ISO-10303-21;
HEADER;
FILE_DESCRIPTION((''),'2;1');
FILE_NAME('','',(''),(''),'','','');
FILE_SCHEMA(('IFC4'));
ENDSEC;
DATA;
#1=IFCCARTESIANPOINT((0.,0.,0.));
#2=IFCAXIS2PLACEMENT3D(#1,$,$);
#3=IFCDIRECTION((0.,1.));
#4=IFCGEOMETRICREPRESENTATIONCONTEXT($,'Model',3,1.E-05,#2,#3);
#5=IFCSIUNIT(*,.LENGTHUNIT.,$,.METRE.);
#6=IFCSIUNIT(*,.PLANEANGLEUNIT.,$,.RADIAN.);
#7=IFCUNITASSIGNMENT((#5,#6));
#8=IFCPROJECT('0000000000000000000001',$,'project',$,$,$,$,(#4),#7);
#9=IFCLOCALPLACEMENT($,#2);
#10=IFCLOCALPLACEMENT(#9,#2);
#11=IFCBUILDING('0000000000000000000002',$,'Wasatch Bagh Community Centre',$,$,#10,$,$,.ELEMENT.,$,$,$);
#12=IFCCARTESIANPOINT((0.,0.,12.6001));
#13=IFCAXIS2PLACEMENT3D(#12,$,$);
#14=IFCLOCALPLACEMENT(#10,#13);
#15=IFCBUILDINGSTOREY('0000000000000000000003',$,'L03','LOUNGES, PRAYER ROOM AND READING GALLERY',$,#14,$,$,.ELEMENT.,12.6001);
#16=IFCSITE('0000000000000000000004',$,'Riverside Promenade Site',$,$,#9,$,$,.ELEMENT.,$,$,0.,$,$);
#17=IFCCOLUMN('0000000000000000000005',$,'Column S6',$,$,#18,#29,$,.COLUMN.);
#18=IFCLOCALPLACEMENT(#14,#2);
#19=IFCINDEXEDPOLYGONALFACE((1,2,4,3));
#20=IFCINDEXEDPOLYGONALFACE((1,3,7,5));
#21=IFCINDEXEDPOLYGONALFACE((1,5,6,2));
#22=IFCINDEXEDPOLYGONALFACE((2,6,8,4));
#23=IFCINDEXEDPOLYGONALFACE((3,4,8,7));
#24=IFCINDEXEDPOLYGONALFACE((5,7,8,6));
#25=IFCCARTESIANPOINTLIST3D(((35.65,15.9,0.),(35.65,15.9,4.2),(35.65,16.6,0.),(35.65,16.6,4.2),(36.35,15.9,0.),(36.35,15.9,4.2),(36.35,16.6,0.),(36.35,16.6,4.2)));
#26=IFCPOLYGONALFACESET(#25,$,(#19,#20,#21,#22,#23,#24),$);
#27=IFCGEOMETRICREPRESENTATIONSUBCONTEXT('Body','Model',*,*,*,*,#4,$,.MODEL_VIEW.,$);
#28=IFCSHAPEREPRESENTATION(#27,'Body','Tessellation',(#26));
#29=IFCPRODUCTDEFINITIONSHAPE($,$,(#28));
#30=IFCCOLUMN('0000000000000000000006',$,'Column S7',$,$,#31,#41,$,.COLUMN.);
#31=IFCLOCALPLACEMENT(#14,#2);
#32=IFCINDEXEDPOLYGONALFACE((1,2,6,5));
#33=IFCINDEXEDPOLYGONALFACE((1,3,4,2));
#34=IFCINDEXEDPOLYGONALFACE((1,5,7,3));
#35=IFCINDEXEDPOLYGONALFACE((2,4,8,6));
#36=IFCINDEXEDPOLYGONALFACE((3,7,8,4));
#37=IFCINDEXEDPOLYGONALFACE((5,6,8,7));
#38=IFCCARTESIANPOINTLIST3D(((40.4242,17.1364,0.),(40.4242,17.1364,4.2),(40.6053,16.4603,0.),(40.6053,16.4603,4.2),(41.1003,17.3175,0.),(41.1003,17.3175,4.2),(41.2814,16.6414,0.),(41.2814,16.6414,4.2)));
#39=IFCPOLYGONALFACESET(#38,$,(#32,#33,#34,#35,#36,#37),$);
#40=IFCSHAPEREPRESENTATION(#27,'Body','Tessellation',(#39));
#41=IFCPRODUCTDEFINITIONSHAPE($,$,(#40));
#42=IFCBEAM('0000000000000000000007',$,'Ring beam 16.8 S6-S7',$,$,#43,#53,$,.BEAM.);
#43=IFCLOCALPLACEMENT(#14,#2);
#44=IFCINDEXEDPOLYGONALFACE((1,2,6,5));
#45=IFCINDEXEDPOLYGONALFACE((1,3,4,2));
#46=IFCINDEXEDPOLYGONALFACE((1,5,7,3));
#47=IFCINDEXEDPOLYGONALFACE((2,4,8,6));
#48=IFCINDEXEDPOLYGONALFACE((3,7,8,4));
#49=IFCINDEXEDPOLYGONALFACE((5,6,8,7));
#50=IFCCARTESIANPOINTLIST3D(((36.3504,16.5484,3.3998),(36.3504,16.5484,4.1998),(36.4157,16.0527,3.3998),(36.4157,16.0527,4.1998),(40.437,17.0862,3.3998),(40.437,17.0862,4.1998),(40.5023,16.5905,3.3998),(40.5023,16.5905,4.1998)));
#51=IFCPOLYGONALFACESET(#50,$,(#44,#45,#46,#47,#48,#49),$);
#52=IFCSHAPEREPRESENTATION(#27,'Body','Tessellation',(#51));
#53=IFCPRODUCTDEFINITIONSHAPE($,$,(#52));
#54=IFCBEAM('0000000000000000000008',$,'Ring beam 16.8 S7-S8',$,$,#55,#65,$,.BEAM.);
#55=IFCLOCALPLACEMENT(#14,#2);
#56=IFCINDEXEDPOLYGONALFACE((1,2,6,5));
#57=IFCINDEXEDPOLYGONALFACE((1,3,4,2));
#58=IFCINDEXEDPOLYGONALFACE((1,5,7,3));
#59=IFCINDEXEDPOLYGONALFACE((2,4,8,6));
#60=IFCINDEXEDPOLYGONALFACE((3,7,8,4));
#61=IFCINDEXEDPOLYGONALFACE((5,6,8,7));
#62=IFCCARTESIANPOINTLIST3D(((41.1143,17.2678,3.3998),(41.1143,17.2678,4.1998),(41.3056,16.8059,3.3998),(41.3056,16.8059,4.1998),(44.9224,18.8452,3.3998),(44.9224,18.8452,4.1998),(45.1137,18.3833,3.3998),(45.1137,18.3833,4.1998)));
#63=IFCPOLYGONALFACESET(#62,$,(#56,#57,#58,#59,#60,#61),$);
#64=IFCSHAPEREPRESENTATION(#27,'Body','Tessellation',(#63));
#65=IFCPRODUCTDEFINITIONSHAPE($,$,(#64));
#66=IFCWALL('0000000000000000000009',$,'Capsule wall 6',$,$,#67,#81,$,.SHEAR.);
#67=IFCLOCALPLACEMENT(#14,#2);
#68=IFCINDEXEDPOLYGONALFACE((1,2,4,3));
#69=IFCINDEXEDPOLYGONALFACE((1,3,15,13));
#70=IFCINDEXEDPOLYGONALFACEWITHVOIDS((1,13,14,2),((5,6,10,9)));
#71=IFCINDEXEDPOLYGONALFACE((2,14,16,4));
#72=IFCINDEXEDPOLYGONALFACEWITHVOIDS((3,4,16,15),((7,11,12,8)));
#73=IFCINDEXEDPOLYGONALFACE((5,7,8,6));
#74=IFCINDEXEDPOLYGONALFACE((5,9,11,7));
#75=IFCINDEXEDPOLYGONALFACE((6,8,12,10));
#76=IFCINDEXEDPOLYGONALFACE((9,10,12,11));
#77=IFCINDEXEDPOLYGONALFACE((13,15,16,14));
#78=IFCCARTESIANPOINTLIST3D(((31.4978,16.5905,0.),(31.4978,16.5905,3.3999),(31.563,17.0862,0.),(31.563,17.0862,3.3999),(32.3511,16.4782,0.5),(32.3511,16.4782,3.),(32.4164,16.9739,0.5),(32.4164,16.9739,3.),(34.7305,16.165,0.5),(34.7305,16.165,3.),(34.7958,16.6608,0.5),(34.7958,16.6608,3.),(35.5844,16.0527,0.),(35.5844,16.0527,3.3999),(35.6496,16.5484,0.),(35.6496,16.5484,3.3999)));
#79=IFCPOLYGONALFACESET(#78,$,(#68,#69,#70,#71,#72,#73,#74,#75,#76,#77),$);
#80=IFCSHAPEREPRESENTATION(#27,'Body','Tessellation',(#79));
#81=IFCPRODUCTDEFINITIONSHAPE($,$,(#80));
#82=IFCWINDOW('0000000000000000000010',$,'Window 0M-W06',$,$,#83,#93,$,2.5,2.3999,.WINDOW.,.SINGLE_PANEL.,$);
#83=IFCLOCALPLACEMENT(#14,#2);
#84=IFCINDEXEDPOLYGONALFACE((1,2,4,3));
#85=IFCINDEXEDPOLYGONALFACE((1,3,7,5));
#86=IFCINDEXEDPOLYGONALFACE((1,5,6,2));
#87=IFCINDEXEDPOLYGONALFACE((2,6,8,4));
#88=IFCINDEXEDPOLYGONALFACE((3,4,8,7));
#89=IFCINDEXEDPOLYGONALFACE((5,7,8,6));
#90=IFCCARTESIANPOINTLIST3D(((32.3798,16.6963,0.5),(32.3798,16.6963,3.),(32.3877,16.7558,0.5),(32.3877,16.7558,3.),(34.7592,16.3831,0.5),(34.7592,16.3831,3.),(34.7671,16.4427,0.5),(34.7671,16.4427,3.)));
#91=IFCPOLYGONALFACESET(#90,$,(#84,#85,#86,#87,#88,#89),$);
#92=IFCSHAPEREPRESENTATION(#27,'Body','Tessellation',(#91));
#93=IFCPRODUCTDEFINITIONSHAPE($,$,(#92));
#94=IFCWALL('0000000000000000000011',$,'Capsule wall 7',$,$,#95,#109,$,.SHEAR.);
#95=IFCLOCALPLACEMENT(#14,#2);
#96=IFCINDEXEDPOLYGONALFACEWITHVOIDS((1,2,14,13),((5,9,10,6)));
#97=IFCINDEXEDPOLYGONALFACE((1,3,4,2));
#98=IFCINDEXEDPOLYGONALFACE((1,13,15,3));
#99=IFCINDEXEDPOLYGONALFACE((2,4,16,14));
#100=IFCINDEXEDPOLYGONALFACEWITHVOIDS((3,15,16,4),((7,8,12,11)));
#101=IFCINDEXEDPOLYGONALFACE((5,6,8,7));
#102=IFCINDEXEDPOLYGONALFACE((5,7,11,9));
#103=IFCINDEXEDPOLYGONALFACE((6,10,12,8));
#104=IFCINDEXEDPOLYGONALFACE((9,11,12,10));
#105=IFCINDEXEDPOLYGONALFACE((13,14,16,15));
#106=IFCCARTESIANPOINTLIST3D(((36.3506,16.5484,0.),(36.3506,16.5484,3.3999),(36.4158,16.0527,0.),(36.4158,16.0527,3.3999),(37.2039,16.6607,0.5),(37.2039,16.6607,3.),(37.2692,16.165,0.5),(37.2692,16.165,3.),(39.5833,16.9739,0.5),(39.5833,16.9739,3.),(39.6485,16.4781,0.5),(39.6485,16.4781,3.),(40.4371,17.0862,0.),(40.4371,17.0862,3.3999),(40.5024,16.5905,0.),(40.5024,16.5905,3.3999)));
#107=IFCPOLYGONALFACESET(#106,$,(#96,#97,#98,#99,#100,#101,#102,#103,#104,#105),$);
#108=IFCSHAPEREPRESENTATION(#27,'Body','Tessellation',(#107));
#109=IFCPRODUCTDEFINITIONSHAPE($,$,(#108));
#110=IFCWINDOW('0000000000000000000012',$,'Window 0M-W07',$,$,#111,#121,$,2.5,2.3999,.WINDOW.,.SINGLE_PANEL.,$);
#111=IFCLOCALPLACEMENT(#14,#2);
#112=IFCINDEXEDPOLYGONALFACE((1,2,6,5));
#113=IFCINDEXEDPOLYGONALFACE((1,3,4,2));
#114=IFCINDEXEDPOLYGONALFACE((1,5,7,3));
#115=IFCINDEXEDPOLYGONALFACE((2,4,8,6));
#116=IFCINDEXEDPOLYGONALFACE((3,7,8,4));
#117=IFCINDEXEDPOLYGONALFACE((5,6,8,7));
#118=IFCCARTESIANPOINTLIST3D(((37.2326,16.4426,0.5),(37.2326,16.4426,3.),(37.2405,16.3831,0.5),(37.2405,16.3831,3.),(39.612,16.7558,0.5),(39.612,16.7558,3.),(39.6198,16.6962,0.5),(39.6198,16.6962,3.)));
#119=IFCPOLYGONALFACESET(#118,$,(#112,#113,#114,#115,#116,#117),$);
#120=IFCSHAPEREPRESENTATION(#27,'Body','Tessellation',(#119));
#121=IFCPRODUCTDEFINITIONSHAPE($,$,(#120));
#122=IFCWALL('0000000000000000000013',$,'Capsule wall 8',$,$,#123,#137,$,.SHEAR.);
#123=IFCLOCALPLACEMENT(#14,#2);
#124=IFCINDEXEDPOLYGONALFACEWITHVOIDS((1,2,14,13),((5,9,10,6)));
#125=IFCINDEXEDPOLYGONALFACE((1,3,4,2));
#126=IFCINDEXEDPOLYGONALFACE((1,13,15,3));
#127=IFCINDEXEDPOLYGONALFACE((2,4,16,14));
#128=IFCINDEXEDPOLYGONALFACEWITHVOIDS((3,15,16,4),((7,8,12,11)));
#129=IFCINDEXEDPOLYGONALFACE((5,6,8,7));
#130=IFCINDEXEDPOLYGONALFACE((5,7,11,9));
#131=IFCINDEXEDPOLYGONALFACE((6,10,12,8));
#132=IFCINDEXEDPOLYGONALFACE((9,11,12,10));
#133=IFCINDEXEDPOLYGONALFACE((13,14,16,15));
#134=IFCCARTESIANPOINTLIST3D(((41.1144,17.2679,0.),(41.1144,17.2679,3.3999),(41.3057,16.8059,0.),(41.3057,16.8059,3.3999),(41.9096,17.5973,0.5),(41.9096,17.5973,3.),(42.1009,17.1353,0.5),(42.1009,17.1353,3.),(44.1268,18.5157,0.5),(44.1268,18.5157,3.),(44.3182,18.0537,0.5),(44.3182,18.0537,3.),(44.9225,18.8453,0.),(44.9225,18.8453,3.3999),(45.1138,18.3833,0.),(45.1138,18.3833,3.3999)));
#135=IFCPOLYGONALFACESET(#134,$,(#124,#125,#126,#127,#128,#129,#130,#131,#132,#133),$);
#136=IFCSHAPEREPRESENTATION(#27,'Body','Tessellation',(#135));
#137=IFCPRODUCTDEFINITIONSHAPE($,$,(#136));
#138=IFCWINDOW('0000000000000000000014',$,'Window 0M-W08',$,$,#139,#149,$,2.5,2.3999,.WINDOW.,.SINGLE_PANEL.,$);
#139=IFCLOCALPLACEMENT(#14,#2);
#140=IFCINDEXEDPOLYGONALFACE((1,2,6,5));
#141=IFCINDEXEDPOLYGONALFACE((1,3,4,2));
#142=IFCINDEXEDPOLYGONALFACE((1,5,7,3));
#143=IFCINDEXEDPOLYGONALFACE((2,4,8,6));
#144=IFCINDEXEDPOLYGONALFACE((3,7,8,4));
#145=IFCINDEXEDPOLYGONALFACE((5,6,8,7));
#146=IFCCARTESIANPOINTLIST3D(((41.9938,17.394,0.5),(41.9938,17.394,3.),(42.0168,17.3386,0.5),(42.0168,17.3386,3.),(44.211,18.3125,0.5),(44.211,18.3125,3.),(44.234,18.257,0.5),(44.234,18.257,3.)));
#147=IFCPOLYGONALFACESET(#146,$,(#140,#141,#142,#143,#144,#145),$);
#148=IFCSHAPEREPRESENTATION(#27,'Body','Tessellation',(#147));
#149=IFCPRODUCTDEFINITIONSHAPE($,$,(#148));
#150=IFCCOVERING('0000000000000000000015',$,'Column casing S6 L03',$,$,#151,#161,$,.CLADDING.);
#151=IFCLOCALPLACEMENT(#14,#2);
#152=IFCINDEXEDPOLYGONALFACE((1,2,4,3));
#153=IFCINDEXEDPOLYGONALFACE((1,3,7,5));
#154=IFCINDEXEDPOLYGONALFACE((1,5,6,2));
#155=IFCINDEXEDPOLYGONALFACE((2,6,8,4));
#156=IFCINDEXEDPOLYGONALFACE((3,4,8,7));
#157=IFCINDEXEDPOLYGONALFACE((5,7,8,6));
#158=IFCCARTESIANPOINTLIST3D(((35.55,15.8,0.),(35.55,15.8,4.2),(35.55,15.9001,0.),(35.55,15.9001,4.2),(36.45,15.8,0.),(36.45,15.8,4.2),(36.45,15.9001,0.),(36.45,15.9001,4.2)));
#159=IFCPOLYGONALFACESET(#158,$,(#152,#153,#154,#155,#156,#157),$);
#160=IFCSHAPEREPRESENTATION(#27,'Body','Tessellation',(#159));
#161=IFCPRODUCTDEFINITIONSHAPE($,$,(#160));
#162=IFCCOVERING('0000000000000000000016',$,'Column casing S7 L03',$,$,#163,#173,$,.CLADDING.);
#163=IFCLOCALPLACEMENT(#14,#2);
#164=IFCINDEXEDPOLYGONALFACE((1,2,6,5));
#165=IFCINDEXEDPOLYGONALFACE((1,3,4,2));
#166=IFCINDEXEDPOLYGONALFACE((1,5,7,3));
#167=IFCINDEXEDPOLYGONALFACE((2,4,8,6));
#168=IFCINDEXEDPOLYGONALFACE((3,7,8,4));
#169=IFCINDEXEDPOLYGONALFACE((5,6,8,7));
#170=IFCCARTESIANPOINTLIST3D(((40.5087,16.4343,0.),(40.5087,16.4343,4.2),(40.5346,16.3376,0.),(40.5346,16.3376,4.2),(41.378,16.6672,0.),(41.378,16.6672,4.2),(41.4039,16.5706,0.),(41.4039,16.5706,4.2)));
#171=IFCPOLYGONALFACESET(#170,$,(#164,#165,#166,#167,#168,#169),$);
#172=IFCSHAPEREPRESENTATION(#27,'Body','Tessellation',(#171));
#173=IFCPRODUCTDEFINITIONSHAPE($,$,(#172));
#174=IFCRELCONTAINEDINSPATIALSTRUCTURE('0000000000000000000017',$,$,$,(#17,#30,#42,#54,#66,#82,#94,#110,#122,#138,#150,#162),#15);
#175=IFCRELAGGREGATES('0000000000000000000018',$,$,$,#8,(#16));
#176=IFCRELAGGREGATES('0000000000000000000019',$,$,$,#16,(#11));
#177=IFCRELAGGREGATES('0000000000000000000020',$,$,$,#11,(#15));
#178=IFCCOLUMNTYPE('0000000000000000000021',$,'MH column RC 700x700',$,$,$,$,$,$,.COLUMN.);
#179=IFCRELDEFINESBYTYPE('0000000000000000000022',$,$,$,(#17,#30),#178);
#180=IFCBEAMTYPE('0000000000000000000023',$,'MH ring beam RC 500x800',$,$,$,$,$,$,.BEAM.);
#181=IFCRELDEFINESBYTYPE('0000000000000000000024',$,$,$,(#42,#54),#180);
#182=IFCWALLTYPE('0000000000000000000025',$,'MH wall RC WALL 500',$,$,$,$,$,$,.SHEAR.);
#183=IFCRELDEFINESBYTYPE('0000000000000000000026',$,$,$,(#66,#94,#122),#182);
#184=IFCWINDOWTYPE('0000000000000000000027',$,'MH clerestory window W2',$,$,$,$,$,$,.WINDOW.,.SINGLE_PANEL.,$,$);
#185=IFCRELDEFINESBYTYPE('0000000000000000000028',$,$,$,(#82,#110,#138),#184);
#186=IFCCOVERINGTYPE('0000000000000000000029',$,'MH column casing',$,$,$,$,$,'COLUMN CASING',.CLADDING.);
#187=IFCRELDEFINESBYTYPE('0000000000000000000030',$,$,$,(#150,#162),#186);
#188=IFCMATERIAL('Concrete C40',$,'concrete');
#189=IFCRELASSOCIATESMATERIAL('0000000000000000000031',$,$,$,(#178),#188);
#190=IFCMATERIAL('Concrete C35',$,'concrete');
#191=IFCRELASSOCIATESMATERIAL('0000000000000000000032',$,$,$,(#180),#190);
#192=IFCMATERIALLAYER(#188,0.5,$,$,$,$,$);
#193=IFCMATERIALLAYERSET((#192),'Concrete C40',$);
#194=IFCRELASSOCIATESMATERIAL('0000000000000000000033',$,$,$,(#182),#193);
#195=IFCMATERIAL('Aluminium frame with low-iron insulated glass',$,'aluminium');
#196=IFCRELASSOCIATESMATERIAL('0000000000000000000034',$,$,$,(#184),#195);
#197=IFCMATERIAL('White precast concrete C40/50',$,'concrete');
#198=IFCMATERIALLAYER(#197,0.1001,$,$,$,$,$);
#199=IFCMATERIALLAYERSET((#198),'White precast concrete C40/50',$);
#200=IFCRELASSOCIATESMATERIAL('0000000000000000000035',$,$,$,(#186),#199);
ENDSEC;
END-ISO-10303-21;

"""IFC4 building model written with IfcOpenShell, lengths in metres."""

from ifc_helpers import new_model, si_unit, direction, frame, frame_2d, origin, origin_2d, place, context, subcontext, project, spatial, rectangle, extrude, material, layer, layer_set, material_profile, profile_set, type_object, element, fill, save


model = new_model("IFC4")

# Units and contexts
model_context = context("Model", 3, precision=1e-05, world=origin(), true_north=direction((0.0, 1.0)))
body_context = subcontext(model_context, "Body", "Model", "MODEL_VIEW")
ifc_project = project(units=[si_unit("LENGTHUNIT", "METRE"), si_unit("PLANEANGLEUNIT", "RADIAN")], contexts=[model_context])

# Site, building, storey
site_placement = place(None, origin())
site = spatial("IfcSite", under=ifc_project, at=site_placement, Name="Riverside Promenade Site", CompositionType="ELEMENT", RefElevation=0.0)
building_placement = place(site_placement, origin())
building = spatial("IfcBuilding", under=site, at=building_placement, Name="Wasatch Bagh Community Centre", CompositionType="ELEMENT")
storey_placement = place(building_placement, frame((0.0, 0.0, 12.6001)))
storey = spatial("IfcBuildingStorey", under=building, at=storey_placement, Name="L03", Description="LOUNGES, PRAYER ROOM AND READING GALLERY", CompositionType="ELEMENT", Elevation=12.6001)

# Columns
ifc_material_1 = material(Name="Concrete C40", Category="concrete")
ifc_material_profile_1 = material_profile(ifc_material_1, rectangle(XDim=0.7, YDim=0.7, at=origin_2d()), Name="RC 700x700")
ifc_profile_set_1 = profile_set([ifc_material_profile_1], Name="Concrete C40")
column_type = type_object("IfcColumnType", Name="MH column RC 700x700", PredefinedType="COLUMN", material=ifc_profile_set_1)
for number, where, z_axis, x_axis, name in (
    (1, (36.0, 16.25, 0.0), (0.0, 0.0, 1.0), (1.0, 0.0, 0.0), "Column S6"),
    (2, (40.8528, 16.8889, 0.0), (0.0, 0.0, 1.0), (0.965926, 0.258819, 0.0), "Column S7"),
):
    element("IfcColumn", number, at=place(storey_placement, frame(where, z_axis=z_axis, x_axis=x_axis)), inside=storey, type_object=column_type, Name=name, PredefinedType="COLUMN", context=body_context, shape_type="SweptSolid", body=[
        extrude(rectangle(XDim=0.7, YDim=0.7, at=origin_2d()), origin(), (0.0, 0.0, 1.0), 4.2),
    ])

# Beams
ifc_material_2 = material(Name="Concrete C35", Category="concrete")
ifc_material_profile_2 = material_profile(ifc_material_2, rectangle(XDim=0.5, YDim=0.8, at=origin_2d()), Name="RC 500x800")
ifc_profile_set_2 = profile_set([ifc_material_profile_2], Name="Concrete C35")
beam_type = type_object("IfcBeamType", Name="MH ring beam RC 500x800", PredefinedType="BEAM", material=ifc_profile_set_2)
for number, where, z_axis, x_axis, name in (
    (3, (36.3831, 16.3005, 3.7998), (0.99145, 0.130484, 0.0), (-0.130484, 0.99145, 0.0), "Ring beam 16.8 S6-S7"),
    (4, (41.21, 17.0369, 3.7998), (0.923878, 0.382688, 0.0), (-0.382688, 0.923878, 0.0), "Ring beam 16.8 S7-S8"),
):
    element("IfcBeam", number, at=place(storey_placement, frame(where, z_axis=z_axis, x_axis=x_axis)), inside=storey, type_object=beam_type, Name=name, PredefinedType="BEAM", context=body_context, shape_type="SweptSolid", body=[
        extrude(rectangle(XDim=0.5, YDim=0.8, at=origin_2d()), origin(), (0.0, 0.0, 1.0), 4.1218),
    ])

# Walls, openings, windows
ifc_layer_1 = layer(ifc_material_1, 0.5)
ifc_layer_set_1 = layer_set([ifc_layer_1], Name="Concrete C40")
wall_type = type_object("IfcWallType", Name="MH wall RC WALL 500", PredefinedType="SHEAR", material=ifc_layer_set_1)
wall_1_placement = place(storey_placement, frame((31.5303, 16.8384, 0.0), z_axis=(0.0, 0.0, 1.0), x_axis=(0.99145, -0.130484, 0.0)))
wall_1 = element("IfcWall", 5, at=wall_1_placement, inside=storey, type_object=wall_type, Name="Capsule wall 6", PredefinedType="SHEAR", context=body_context, shape_type="SweptSolid", body=[
    extrude(rectangle(XDim=4.1218, YDim=0.5, at=frame_2d((2.061, 0.0))), origin(), (0.0, 0.0, 1.0), 3.3999),
])
opening_1_placement = place(wall_1_placement, frame((0.8608, 0.0, 0.5)))
opening_1 = element("IfcOpeningElement", 6, at=opening_1_placement, cuts=wall_1, PredefinedType="OPENING", context=body_context, shape_type="SweptSolid", body=[
    extrude(rectangle(XDim=2.3999, YDim=2.5, at=frame_2d((1.2, 1.25))), frame((0.0, 0.26, 0.0), z_axis=(0.0, -1.0, 0.0), x_axis=(1.0, 0.0, 0.0)), (0.0, 0.0, 1.0), 0.52),
])
ifc_material_3 = material(Name="Aluminium frame with low-iron insulated glass", Category="aluminium")
window_type = type_object("IfcWindowType", Name="MH clerestory window W2", PartitioningType="SINGLE_PANEL", PredefinedType="WINDOW", material=ifc_material_3)
window_1_placement = place(opening_1_placement, origin())
window_1 = element("IfcWindow", 7, at=window_1_placement, inside=storey, type_object=window_type, Name="Window 0M-W06", OverallHeight=2.5, OverallWidth=2.3999, PartitioningType="SINGLE_PANEL", PredefinedType="WINDOW", context=body_context, shape_type="SweptSolid", body=[
    extrude(rectangle(XDim=2.3999, YDim=2.5, at=frame_2d((1.2, 1.25))), frame((0.0, 0.03, 0.0), z_axis=(0.0, -1.0, 0.0), x_axis=(1.0, 0.0, 0.0)), (0.0, 0.0, 1.0), 0.0601),
])
fill(opening_1, window_1)
wall_2_placement = place(storey_placement, frame((36.3831, 16.3005, 0.0), z_axis=(0.0, 0.0, 1.0), x_axis=(0.99145, 0.130484, 0.0)))
wall_2 = element("IfcWall", 8, at=wall_2_placement, inside=storey, type_object=wall_type, Name="Capsule wall 7", PredefinedType="SHEAR", context=body_context, shape_type="SweptSolid", body=[
    extrude(rectangle(XDim=4.1218, YDim=0.5, at=frame_2d((2.061, 0.0))), origin(), (0.0, 0.0, 1.0), 3.3999),
])
opening_2_placement = place(wall_2_placement, frame((0.8608, 0.0, 0.5)))
opening_2 = element("IfcOpeningElement", 9, at=opening_2_placement, cuts=wall_2, PredefinedType="OPENING", context=body_context, shape_type="SweptSolid", body=[
    extrude(rectangle(XDim=2.3999, YDim=2.5, at=frame_2d((1.2, 1.25))), frame((0.0, 0.26, 0.0), z_axis=(0.0, -1.0, 0.0), x_axis=(1.0, 0.0, 0.0)), (0.0, 0.0, 1.0), 0.52),
])
window_2_placement = place(opening_2_placement, origin())
window_2 = element("IfcWindow", 10, at=window_2_placement, inside=storey, type_object=window_type, Name="Window 0M-W07", OverallHeight=2.5, OverallWidth=2.3999, PartitioningType="SINGLE_PANEL", PredefinedType="WINDOW", context=body_context, shape_type="SweptSolid", body=[
    extrude(rectangle(XDim=2.3999, YDim=2.5, at=frame_2d((1.2, 1.25))), frame((0.0, 0.03, 0.0), z_axis=(0.0, -1.0, 0.0), x_axis=(1.0, 0.0, 0.0)), (0.0, 0.0, 1.0), 0.0601),
])
fill(opening_2, window_2)
wall_3_placement = place(storey_placement, frame((41.21, 17.0369, 0.0), z_axis=(0.0, 0.0, 1.0), x_axis=(0.923878, 0.382688, 0.0)))
wall_3 = element("IfcWall", 11, at=wall_3_placement, inside=storey, type_object=wall_type, Name="Capsule wall 8", PredefinedType="SHEAR", context=body_context, shape_type="SweptSolid", body=[
    extrude(rectangle(XDim=4.1218, YDim=0.5, at=frame_2d((2.061, 0.0))), origin(), (0.0, 0.0, 1.0), 3.3999),
])
opening_3_placement = place(wall_3_placement, frame((0.8608, 0.0, 0.5)))
opening_3 = element("IfcOpeningElement", 12, at=opening_3_placement, cuts=wall_3, PredefinedType="OPENING", context=body_context, shape_type="SweptSolid", body=[
    extrude(rectangle(XDim=2.3999, YDim=2.5, at=frame_2d((1.2, 1.25))), frame((0.0, 0.26, 0.0), z_axis=(0.0, -1.0, 0.0), x_axis=(1.0, 0.0, 0.0)), (0.0, 0.0, 1.0), 0.52),
])
window_3_placement = place(opening_3_placement, origin())
window_3 = element("IfcWindow", 13, at=window_3_placement, inside=storey, type_object=window_type, Name="Window 0M-W08", OverallHeight=2.5, OverallWidth=2.3999, PartitioningType="SINGLE_PANEL", PredefinedType="WINDOW", context=body_context, shape_type="SweptSolid", body=[
    extrude(rectangle(XDim=2.3999, YDim=2.5, at=frame_2d((1.2, 1.25))), frame((0.0, 0.03, 0.0), z_axis=(0.0, -1.0, 0.0), x_axis=(1.0, 0.0, 0.0)), (0.0, 0.0, 1.0), 0.0601),
])
fill(opening_3, window_3)

# Coverings
ifc_material_4 = material(Name="White precast concrete C40/50", Category="concrete")
ifc_layer_2 = layer(ifc_material_4, 0.1001)
ifc_layer_set_2 = layer_set([ifc_layer_2], Name="White precast concrete C40/50")
covering_type = type_object("IfcCoveringType", Name="MH column casing", ElementType="COLUMN CASING", PredefinedType="CLADDING", material=ifc_layer_set_2)
for number, where, z_axis, x_axis, name in (
    (14, (36.0, 15.8501, 0.0), (0.0, 0.0, 1.0), (1.0, 0.0, 0.0), "Column casing S6 L03"),
    (15, (40.9563, 16.5024, 0.0), (0.0, 0.0, 1.0), (0.965926, 0.258819, 0.0), "Column casing S7 L03"),
):
    element("IfcCovering", number, at=place(storey_placement, frame(where, z_axis=z_axis, x_axis=x_axis)), inside=storey, type_object=covering_type, Name=name, PredefinedType="CLADDING", context=body_context, shape_type="SweptSolid", body=[
        extrude(rectangle(XDim=0.8999, YDim=0.1001, at=origin_2d()), origin(), (0.0, 0.0, 1.0), 4.2),
    ])

save(model, "model.ifc")
